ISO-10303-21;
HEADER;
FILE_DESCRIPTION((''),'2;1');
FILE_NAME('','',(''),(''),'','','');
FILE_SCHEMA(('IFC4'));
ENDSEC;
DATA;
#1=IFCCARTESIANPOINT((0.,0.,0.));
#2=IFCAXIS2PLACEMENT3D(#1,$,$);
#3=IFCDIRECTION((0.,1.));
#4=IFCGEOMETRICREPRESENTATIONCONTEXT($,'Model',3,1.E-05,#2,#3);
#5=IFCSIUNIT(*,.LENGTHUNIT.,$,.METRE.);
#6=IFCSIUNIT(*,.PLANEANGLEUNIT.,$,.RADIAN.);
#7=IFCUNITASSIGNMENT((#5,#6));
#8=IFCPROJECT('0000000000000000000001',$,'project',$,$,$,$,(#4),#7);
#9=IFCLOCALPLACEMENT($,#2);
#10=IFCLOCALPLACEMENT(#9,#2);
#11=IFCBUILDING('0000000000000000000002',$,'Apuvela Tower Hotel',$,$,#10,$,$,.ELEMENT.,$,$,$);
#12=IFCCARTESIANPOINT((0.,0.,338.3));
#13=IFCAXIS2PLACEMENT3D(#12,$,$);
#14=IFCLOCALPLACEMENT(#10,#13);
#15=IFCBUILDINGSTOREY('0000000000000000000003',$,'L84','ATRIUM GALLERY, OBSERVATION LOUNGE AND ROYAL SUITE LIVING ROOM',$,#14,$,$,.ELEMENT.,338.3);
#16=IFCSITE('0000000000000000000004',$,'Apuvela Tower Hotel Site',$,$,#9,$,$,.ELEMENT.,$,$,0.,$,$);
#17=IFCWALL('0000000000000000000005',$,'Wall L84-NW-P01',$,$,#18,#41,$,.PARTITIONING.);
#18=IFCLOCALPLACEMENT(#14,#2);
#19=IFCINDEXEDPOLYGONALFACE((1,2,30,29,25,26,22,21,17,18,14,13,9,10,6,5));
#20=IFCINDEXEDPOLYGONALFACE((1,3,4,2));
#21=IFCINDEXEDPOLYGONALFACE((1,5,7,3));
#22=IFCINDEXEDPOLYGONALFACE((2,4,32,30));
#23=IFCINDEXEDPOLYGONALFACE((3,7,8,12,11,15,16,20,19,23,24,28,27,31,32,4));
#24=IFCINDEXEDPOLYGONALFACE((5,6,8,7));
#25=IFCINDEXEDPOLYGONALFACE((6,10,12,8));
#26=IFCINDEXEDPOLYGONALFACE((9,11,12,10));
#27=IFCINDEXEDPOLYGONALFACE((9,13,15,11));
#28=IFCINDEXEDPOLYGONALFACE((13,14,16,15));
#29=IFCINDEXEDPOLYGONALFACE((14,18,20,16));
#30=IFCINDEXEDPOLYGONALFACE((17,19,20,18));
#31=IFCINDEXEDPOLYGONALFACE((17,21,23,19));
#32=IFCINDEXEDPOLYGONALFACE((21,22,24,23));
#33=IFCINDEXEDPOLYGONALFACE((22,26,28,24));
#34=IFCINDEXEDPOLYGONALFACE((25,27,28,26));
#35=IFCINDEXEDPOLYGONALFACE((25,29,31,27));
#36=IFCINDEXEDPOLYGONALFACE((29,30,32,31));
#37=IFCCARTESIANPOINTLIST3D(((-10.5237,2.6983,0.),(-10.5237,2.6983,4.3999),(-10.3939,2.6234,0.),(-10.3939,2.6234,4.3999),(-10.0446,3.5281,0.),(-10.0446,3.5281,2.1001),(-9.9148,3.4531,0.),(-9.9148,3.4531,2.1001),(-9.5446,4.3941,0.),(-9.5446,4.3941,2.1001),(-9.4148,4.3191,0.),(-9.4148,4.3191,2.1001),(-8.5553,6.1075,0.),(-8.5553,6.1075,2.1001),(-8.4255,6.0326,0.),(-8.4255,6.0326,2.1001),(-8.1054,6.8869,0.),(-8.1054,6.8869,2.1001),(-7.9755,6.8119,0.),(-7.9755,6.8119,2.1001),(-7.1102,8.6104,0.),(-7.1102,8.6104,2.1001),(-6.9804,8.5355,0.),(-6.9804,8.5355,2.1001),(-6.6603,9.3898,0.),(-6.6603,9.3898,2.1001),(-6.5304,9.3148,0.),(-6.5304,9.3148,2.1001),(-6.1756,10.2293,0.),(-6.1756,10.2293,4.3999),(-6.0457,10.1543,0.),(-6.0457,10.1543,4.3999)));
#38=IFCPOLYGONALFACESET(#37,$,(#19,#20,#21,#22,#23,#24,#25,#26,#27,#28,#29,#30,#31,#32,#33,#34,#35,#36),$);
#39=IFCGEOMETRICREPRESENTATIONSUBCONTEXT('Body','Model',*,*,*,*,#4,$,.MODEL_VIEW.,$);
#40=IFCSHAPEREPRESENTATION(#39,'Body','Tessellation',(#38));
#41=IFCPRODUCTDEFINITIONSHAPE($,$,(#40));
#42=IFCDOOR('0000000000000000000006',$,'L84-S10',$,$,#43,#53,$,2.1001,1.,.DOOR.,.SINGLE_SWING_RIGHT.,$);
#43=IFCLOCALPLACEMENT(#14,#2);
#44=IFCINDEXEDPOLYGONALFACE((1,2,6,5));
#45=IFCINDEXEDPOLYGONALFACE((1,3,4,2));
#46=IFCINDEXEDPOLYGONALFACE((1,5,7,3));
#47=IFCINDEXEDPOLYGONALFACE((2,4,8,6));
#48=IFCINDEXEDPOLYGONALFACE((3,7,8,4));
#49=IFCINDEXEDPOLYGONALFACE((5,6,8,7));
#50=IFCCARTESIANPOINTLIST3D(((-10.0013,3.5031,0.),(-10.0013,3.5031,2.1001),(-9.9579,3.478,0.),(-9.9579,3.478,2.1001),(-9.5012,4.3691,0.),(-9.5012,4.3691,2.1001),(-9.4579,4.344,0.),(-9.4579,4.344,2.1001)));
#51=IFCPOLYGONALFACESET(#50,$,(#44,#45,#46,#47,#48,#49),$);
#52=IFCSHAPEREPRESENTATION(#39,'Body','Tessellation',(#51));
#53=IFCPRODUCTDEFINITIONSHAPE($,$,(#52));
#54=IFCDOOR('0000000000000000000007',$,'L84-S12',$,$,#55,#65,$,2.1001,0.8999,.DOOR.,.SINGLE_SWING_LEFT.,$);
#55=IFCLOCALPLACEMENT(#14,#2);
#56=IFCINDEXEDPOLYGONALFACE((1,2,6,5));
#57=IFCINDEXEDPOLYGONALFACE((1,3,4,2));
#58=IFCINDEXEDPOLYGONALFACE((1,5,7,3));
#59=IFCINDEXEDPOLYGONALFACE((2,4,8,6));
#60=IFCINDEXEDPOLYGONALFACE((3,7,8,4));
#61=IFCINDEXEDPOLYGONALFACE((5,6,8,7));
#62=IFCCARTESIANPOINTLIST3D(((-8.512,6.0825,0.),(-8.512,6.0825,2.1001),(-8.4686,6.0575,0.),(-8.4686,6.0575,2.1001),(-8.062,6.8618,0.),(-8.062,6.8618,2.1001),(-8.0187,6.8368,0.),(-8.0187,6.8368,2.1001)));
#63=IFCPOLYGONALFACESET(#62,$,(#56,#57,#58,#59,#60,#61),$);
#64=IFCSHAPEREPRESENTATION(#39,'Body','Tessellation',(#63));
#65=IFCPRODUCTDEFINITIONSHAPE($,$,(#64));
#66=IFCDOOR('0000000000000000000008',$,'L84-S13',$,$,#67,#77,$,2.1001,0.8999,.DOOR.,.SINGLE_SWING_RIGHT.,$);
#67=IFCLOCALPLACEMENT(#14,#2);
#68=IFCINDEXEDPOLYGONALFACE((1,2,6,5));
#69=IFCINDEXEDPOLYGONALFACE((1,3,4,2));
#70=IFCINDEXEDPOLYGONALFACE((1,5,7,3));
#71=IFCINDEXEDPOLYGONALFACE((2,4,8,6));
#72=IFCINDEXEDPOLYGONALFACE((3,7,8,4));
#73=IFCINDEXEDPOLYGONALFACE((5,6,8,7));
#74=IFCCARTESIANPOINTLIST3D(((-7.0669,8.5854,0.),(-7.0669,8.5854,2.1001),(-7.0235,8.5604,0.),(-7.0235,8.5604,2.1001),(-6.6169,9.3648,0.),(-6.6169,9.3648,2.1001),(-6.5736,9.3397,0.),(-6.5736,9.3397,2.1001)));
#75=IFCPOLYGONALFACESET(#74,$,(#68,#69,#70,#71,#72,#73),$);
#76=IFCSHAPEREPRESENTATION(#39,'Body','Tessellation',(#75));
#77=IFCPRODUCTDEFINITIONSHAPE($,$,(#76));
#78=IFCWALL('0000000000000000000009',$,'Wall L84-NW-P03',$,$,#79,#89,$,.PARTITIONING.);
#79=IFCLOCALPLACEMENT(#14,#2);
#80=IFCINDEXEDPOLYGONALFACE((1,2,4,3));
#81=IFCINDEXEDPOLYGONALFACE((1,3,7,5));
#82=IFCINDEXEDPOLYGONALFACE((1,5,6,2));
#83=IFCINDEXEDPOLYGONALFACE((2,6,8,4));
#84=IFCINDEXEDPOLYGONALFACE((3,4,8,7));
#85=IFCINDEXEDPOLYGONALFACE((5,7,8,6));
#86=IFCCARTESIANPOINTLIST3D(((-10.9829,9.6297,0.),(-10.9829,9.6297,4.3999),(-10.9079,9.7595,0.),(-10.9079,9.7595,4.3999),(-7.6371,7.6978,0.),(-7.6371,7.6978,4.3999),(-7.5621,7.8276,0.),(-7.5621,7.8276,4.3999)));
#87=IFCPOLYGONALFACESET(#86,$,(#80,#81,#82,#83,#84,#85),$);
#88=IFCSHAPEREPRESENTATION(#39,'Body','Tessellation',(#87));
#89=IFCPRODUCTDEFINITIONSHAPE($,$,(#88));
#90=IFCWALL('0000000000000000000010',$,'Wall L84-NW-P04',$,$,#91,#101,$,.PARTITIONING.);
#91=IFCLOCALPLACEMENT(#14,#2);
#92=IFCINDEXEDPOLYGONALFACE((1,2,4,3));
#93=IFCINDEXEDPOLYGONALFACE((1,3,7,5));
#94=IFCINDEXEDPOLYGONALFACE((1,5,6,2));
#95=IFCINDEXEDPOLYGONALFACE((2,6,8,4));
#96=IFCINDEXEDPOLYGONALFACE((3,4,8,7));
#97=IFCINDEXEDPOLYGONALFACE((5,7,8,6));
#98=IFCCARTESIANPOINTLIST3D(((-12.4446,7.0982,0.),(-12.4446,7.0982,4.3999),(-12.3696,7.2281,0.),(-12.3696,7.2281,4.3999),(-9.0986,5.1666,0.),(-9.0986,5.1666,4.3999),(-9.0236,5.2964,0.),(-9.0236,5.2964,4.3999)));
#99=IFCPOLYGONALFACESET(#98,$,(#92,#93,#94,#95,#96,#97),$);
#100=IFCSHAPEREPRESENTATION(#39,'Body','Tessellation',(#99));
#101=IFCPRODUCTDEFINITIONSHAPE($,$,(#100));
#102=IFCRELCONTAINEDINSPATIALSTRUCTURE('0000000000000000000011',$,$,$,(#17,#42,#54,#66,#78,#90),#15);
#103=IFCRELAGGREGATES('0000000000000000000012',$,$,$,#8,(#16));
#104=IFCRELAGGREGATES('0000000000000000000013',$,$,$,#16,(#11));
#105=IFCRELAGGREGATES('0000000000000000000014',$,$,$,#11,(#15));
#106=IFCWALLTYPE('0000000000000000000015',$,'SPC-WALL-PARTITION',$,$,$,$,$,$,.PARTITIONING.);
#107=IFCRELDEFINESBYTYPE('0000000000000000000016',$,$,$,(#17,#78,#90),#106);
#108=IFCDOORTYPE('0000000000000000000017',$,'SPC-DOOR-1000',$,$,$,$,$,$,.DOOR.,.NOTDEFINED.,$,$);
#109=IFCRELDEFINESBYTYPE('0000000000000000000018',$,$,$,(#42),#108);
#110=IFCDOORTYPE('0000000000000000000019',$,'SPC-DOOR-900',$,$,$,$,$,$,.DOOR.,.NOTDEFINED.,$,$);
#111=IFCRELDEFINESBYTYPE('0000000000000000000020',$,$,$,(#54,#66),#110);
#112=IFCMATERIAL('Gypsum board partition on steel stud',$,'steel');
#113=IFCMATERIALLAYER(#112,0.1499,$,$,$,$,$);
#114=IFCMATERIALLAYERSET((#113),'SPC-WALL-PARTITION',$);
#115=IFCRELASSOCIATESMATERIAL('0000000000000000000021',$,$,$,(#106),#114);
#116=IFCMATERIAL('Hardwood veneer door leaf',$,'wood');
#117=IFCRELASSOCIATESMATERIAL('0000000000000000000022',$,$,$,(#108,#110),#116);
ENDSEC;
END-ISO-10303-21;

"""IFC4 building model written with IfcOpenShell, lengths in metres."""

from ifc_helpers import new_model, si_unit, direction, frame, frame_2d, origin, place, context, subcontext, project, spatial, rectangle, extrude, material, layer, layer_set, type_object, element, fill, save


model = new_model("IFC4")

# Units and contexts
model_context = context("Model", 3, precision=1e-05, world=origin(), true_north=direction((0.0, 1.0)))
body_context = subcontext(model_context, "Body", "Model", "MODEL_VIEW")
ifc_project = project(units=[si_unit("LENGTHUNIT", "METRE"), si_unit("PLANEANGLEUNIT", "RADIAN")], contexts=[model_context])

# Site, building, storey
site_placement = place(None, origin())
site = spatial("IfcSite", under=ifc_project, at=site_placement, Name="Apuvela Tower Hotel Site", CompositionType="ELEMENT", RefElevation=0.0)
building_placement = place(site_placement, origin())
building = spatial("IfcBuilding", under=site, at=building_placement, Name="Apuvela Tower Hotel", CompositionType="ELEMENT")
storey_placement = place(building_placement, frame((0.0, 0.0, 338.3)))
storey = spatial("IfcBuildingStorey", under=building, at=storey_placement, Name="L84", Description="ATRIUM GALLERY, OBSERVATION LOUNGE AND ROYAL SUITE LIVING ROOM", CompositionType="ELEMENT", Elevation=338.3)

# Wall, openings, doors
ifc_material_1 = material(Name="Gypsum board partition on steel stud", Category="steel")
ifc_layer_1 = layer(ifc_material_1, 0.1499)
ifc_layer_set_1 = layer_set([ifc_layer_1], Name="SPC-WALL-PARTITION")
wall_type = type_object("IfcWallType", Name="SPC-WALL-PARTITION", PredefinedType="PARTITIONING", material=ifc_layer_set_1)
wall_placement = place(storey_placement, frame((-6.1106, 10.1919, 0.0), z_axis=(0.0, 0.0, 1.0), x_axis=(-0.50001, -0.86602, 0.0)))
wall = element("IfcWall", 1, at=wall_placement, inside=storey, type_object=wall_type, Name="Wall L84-NW-P01", PredefinedType="PARTITIONING", context=body_context, shape_type="SweptSolid", body=[
    extrude(rectangle(XDim=8.696, YDim=0.1499, at=frame_2d((4.3481, 0.0))), origin(), (0.0, 0.0, 1.0), 4.3999),
])
opening_1_placement = place(wall_placement, frame((6.738, 0.0, 0.0)))
opening_1 = element("IfcOpeningElement", 2, at=opening_1_placement, cuts=wall, PredefinedType="OPENING", context=body_context, shape_type="SweptSolid", body=[
    extrude(rectangle(XDim=1.0, YDim=2.1001, at=frame_2d((0.5, 1.05))), frame((0.0, 0.085, 0.0), z_axis=(0.0, -1.0, 0.0), x_axis=(1.0, 0.0, 0.0)), (0.0, 0.0, 1.0), 0.1699),
])
opening_2_placement = place(wall_placement, frame((3.8596, 0.0, 0.0)))
opening_2 = element("IfcOpeningElement", 3, at=opening_2_placement, cuts=wall, PredefinedType="OPENING", context=body_context, shape_type="SweptSolid", body=[
    extrude(rectangle(XDim=0.8999, YDim=2.1001, at=frame_2d((0.45, 1.05))), frame((0.0, 0.085, 0.0), z_axis=(0.0, -1.0, 0.0), x_axis=(1.0, 0.0, 0.0)), (0.0, 0.0, 1.0), 0.1699),
])
opening_3_placement = place(wall_placement, frame((0.9695, 0.0, 0.0)))
opening_3 = element("IfcOpeningElement", 4, at=opening_3_placement, cuts=wall, PredefinedType="OPENING", context=body_context, shape_type="SweptSolid", body=[
    extrude(rectangle(XDim=0.8999, YDim=2.1001, at=frame_2d((0.45, 1.05))), frame((0.0, 0.085, 0.0), z_axis=(0.0, -1.0, 0.0), x_axis=(1.0, 0.0, 0.0)), (0.0, 0.0, 1.0), 0.1699),
])
ifc_material_2 = material(Name="Hardwood veneer door leaf", Category="wood")
door_type_1 = type_object("IfcDoorType", Name="SPC-DOOR-1000", OperationType="NOTDEFINED", PredefinedType="DOOR", material=ifc_material_2)
door_1_placement = place(opening_1_placement, frame((1.0, 0.0, 0.0), z_axis=(0.0, 0.0, 1.0), x_axis=(-1.0, 0.0, 0.0)))
door_1 = element("IfcDoor", 5, at=door_1_placement, inside=storey, type_object=door_type_1, Name="L84-S10", OperationType="SINGLE_SWING_RIGHT", OverallHeight=2.1001, OverallWidth=1.0, PredefinedType="DOOR", context=body_context, shape_type="SweptSolid", body=[
    extrude(rectangle(XDim=1.0, YDim=2.1001, at=frame_2d((0.5, 1.05))), frame((0.0, 0.0249, 0.0), z_axis=(0.0, -1.0, 0.0), x_axis=(1.0, 0.0, 0.0)), (0.0, 0.0, 1.0), 0.05),
])
fill(opening_1, door_1)
door_type_2 = type_object("IfcDoorType", Name="SPC-DOOR-900", OperationType="NOTDEFINED", PredefinedType="DOOR", material=ifc_material_2)
door_2_placement = place(opening_2_placement, frame((0.8999, 0.0, 0.0), z_axis=(0.0, 0.0, 1.0), x_axis=(-1.0, 0.0, 0.0)))
door_2 = element("IfcDoor", 6, at=door_2_placement, inside=storey, type_object=door_type_2, Name="L84-S12", OperationType="SINGLE_SWING_LEFT", OverallHeight=2.1001, OverallWidth=0.8999, PredefinedType="DOOR", context=body_context, shape_type="SweptSolid", body=[
    extrude(rectangle(XDim=0.8999, YDim=2.1001, at=frame_2d((0.45, 1.05))), frame((0.0, 0.0249, 0.0), z_axis=(0.0, -1.0, 0.0), x_axis=(1.0, 0.0, 0.0)), (0.0, 0.0, 1.0), 0.05),
])
fill(opening_2, door_2)
door_3_placement = place(opening_3_placement, frame((0.8999, 0.0, 0.0), z_axis=(0.0, 0.0, 1.0), x_axis=(-1.0, 0.0, 0.0)))
door_3 = element("IfcDoor", 7, at=door_3_placement, inside=storey, type_object=door_type_2, Name="L84-S13", OperationType="SINGLE_SWING_RIGHT", OverallHeight=2.1001, OverallWidth=0.8999, PredefinedType="DOOR", context=body_context, shape_type="SweptSolid", body=[
    extrude(rectangle(XDim=0.8999, YDim=2.1001, at=frame_2d((0.45, 1.05))), frame((0.0, 0.0249, 0.0), z_axis=(0.0, -1.0, 0.0), x_axis=(1.0, 0.0, 0.0)), (0.0, 0.0, 1.0), 0.05),
])
fill(opening_3, door_3)

# Walls
for number, where, z_axis, x_axis, name in (
    (8, (-10.9453, 9.6946, 0.0), (0.0, 0.0, 1.0), (0.865998, -0.500047, 0.0), "Wall L84-NW-P03"),
    (9, (-12.407, 7.1631, 0.0), (0.0, 0.0, 1.0), (0.866041, -0.499972, 0.0), "Wall L84-NW-P04"),
):
    element("IfcWall", number, at=place(storey_placement, frame(where, z_axis=z_axis, x_axis=x_axis)), inside=storey, type_object=wall_type, Name=name, PredefinedType="PARTITIONING", context=body_context, shape_type="SweptSolid", body=[
        extrude(rectangle(XDim=3.8635, YDim=0.1499, at=frame_2d((1.9316, 0.0))), origin(), (0.0, 0.0, 1.0), 4.3999),
    ])

save(model, "model.ifc")
